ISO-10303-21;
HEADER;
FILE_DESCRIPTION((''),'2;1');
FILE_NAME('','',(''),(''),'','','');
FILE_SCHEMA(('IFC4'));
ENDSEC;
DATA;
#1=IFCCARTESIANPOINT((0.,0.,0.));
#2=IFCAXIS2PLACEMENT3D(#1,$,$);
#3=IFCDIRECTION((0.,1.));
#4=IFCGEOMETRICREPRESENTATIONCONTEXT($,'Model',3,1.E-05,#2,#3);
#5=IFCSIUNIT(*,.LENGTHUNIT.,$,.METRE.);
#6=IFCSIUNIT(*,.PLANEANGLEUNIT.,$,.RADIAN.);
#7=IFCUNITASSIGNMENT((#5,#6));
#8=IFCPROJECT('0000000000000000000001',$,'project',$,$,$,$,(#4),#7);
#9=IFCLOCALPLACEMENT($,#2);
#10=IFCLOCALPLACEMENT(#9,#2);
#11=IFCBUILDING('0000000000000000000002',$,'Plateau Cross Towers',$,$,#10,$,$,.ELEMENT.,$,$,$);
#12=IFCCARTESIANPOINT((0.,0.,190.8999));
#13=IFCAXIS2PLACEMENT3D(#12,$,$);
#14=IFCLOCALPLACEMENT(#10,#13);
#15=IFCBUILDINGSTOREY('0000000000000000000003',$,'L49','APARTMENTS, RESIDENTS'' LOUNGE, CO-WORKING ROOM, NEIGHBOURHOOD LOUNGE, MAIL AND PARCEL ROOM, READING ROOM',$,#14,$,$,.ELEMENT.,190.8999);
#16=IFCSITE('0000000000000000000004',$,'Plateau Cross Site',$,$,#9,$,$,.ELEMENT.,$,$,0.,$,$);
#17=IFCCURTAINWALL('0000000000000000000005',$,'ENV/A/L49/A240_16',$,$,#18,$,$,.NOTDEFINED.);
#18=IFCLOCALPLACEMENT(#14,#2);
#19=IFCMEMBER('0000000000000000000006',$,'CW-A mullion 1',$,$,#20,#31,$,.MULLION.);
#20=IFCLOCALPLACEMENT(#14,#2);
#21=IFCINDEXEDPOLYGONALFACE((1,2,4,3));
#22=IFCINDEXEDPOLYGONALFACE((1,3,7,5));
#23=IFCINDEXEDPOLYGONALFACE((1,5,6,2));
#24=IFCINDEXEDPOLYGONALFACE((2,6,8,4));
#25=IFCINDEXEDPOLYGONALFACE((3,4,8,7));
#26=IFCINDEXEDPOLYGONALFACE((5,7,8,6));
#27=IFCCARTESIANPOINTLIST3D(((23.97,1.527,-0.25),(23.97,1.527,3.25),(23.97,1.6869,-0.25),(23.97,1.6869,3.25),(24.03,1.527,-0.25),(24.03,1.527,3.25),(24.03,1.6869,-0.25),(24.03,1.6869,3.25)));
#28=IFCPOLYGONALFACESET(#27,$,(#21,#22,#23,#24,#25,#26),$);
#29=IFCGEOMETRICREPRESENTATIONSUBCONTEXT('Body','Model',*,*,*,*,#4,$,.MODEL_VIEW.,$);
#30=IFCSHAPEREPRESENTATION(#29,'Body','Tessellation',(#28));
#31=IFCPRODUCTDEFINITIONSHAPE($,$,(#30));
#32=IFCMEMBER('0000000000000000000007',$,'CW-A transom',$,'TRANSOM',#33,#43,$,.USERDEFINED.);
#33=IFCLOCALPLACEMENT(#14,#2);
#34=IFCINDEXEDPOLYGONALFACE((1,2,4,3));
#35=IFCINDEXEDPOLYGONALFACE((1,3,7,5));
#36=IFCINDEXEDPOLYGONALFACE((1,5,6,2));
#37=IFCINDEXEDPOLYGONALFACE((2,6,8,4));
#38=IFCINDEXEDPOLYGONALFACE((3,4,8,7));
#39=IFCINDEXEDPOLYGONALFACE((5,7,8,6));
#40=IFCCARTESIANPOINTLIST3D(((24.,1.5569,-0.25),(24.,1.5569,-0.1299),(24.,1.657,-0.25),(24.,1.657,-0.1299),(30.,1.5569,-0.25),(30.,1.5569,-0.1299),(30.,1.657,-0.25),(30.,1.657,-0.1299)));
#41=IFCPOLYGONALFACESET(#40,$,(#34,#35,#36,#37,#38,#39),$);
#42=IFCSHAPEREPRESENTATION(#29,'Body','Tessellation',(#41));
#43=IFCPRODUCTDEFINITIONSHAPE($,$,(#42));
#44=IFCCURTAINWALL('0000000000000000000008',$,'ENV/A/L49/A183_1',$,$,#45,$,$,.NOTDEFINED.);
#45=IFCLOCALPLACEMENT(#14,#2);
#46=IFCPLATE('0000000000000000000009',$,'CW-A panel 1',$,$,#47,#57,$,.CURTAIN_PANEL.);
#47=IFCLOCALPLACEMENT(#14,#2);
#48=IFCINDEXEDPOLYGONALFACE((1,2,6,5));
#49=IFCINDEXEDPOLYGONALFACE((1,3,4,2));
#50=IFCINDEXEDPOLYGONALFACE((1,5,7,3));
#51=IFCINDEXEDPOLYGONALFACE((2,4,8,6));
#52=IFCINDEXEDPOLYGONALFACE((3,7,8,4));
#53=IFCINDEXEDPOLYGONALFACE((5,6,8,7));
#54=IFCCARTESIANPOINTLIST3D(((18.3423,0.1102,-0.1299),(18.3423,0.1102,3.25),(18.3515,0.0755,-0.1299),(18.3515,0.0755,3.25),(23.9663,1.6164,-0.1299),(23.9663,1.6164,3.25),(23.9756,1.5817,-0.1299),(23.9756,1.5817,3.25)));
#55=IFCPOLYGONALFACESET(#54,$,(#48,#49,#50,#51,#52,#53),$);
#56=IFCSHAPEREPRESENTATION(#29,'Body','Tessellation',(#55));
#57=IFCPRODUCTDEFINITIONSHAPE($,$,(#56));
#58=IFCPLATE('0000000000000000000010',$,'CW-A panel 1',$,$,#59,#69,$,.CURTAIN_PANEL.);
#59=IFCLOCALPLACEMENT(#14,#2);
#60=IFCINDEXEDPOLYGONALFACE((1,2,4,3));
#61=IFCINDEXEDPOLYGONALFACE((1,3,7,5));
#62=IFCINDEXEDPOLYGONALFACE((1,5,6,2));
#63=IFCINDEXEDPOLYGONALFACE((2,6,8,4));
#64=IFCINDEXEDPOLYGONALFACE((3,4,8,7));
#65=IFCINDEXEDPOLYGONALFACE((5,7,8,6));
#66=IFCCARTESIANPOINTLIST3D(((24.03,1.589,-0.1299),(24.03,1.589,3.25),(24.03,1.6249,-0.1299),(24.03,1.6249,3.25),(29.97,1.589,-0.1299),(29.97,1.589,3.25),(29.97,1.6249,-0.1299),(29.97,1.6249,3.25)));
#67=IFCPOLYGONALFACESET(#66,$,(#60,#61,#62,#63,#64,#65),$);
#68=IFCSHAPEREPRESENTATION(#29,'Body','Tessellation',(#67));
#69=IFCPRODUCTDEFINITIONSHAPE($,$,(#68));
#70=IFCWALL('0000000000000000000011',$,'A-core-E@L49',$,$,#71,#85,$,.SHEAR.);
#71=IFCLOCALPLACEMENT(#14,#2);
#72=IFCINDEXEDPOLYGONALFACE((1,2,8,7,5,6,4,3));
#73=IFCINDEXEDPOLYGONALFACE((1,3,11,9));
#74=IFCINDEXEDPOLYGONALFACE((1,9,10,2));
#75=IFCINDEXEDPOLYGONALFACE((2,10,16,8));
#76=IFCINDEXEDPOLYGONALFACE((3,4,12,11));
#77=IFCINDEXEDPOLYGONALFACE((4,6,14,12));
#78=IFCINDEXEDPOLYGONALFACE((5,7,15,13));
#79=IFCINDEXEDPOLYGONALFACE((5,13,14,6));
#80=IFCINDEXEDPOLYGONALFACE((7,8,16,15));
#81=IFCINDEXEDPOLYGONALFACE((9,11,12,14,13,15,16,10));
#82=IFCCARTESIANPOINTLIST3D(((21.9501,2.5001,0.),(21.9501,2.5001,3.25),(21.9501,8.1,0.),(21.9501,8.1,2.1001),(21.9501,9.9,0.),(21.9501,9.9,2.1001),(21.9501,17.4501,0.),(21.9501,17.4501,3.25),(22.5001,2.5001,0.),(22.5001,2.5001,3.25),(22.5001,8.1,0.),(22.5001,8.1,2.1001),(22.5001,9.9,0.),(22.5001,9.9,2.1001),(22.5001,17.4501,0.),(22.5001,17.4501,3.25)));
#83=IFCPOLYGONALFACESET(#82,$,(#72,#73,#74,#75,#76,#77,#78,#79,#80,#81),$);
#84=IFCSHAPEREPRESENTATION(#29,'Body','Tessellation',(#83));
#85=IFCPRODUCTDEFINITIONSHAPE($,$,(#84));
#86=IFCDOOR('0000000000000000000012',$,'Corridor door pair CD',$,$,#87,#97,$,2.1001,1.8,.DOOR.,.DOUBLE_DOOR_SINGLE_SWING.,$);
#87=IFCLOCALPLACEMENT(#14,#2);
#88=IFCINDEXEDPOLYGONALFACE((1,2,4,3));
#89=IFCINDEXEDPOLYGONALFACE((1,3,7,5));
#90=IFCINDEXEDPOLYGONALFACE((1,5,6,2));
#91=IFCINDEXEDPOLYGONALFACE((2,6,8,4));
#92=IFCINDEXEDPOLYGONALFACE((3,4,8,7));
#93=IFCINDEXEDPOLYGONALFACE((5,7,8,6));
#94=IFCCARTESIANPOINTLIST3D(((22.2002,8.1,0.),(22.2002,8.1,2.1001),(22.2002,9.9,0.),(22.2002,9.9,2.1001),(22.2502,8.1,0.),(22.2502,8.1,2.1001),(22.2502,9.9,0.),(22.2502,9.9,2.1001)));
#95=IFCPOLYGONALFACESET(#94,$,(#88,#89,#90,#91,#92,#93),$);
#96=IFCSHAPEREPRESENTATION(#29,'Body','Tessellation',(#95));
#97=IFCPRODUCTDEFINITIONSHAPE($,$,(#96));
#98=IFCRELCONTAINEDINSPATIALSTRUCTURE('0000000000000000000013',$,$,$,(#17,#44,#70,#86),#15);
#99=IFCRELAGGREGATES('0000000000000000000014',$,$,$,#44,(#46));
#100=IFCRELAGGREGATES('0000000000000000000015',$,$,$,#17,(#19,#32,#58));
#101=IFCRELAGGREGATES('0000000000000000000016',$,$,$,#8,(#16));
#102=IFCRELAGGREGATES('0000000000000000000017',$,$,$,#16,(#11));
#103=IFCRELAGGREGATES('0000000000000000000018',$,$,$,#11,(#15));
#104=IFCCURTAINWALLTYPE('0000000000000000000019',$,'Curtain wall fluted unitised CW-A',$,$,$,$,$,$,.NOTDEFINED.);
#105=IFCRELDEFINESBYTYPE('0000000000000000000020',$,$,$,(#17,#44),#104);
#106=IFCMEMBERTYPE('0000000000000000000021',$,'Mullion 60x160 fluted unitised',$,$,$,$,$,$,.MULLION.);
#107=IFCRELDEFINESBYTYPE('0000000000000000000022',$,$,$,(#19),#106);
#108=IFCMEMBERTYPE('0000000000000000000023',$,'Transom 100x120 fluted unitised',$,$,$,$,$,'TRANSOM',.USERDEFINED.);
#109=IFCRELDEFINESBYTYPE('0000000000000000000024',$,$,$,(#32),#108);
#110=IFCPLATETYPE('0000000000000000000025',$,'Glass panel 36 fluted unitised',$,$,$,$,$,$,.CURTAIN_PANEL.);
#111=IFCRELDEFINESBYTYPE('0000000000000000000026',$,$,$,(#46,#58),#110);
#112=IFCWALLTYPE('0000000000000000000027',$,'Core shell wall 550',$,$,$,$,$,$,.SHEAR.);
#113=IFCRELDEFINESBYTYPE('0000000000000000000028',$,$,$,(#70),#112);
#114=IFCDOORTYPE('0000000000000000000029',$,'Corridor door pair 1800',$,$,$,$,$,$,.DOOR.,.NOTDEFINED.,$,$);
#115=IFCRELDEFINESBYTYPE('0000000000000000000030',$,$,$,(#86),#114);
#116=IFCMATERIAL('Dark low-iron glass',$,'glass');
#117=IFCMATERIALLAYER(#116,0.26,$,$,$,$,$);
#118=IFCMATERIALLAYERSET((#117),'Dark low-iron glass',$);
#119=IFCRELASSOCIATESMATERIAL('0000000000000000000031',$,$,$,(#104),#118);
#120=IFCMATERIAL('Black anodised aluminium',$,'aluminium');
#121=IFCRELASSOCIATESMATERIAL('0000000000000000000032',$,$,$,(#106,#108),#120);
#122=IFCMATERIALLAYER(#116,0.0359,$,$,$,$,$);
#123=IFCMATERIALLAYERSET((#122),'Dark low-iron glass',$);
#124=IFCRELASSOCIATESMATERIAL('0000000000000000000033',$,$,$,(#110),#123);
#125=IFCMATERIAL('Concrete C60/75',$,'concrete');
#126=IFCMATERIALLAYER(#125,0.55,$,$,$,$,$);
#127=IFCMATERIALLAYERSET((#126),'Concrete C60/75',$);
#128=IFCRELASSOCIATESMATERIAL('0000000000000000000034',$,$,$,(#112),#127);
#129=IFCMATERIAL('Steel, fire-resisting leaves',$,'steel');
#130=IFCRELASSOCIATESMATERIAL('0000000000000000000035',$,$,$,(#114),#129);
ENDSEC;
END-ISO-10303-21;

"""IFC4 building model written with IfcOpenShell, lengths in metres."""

from ifc_helpers import new_model, si_unit, direction, frame, frame_2d, origin, origin_2d, place, context, subcontext, project, spatial, rectangle, extrude, material, layer, layer_set, material_profile, profile_set, type_object, element, fill, aggregate, save


model = new_model("IFC4")

# Units and contexts
model_context = context("Model", 3, precision=1e-05, world=origin(), true_north=direction((0.0, 1.0)))
body_context = subcontext(model_context, "Body", "Model", "MODEL_VIEW")
ifc_project = project(units=[si_unit("LENGTHUNIT", "METRE"), si_unit("PLANEANGLEUNIT", "RADIAN")], contexts=[model_context])

# Site, building, storey
site_placement = place(None, origin())
site = spatial("IfcSite", under=ifc_project, at=site_placement, Name="Plateau Cross Site", CompositionType="ELEMENT", RefElevation=0.0)
building_placement = place(site_placement, origin())
building = spatial("IfcBuilding", under=site, at=building_placement, Name="Plateau Cross Towers", CompositionType="ELEMENT")
storey_placement = place(building_placement, frame((0.0, 0.0, 190.8999)))
storey = spatial("IfcBuildingStorey", under=building, at=storey_placement, Name="L49", Description="APARTMENTS, RESIDENTS' LOUNGE, CO-WORKING ROOM, NEIGHBOURHOOD LOUNGE, MAIL AND PARCEL ROOM, READING ROOM", CompositionType="ELEMENT", Elevation=190.8999)

# Curtain wall, members
ifc_material_1 = material(Name="Dark low-iron glass", Category="glass")
ifc_layer_1 = layer(ifc_material_1, 0.26)
ifc_layer_set_1 = layer_set([ifc_layer_1], Name="Dark low-iron glass")
curtain_wall_type = type_object("IfcCurtainWallType", Name="Curtain wall fluted unitised CW-A", PredefinedType="NOTDEFINED", material=ifc_layer_set_1)
curtain_wall_1_placement = place(storey_placement, origin())
curtain_wall_1 = element("IfcCurtainWall", 1, at=curtain_wall_1_placement, inside=storey, type_object=curtain_wall_type, Name="ENV/A/L49/A240_16", PredefinedType="NOTDEFINED")
ifc_material_2 = material(Name="Black anodised aluminium", Category="aluminium")
ifc_material_profile_1 = material_profile(ifc_material_2, rectangle(XDim=0.0601, YDim=0.1599, at=origin_2d()), Name="MULLION 60x160")
ifc_profile_set_1 = profile_set([ifc_material_profile_1], Name="Black anodised aluminium")
member_type_1 = type_object("IfcMemberType", Name="Mullion 60x160 fluted unitised", PredefinedType="MULLION", material=ifc_profile_set_1)
member_1_placement = place(storey_placement, frame((24.0, 1.6069, -0.25), z_axis=(0.0, 0.0, 1.0), x_axis=(1.0, 0.0, 0.0)))
member_1 = element("IfcMember", 2, at=member_1_placement, type_object=member_type_1, Name="CW-A mullion 1", PredefinedType="MULLION", context=body_context, shape_type="SweptSolid", body=[
    extrude(rectangle(XDim=0.0601, YDim=0.1599, at=origin_2d()), origin(), (0.0, 0.0, 1.0), 3.5),
])
ifc_material_profile_2 = material_profile(ifc_material_2, rectangle(XDim=0.1001, YDim=0.1201, at=origin_2d()), Name="TRANSOM 100x120")
ifc_profile_set_2 = profile_set([ifc_material_profile_2], Name="Black anodised aluminium")
member_type_2 = type_object("IfcMemberType", Name="Transom 100x120 fluted unitised", ElementType="TRANSOM", PredefinedType="USERDEFINED", material=ifc_profile_set_2)
member_2_placement = place(storey_placement, frame((24.0, 1.6069, -0.1899), z_axis=(1.0, 0.0, 0.0), x_axis=(0.0, 1.0, 0.0)))
member_2 = element("IfcMember", 3, at=member_2_placement, type_object=member_type_2, Name="CW-A transom", ObjectType="TRANSOM", PredefinedType="USERDEFINED", context=body_context, shape_type="SweptSolid", body=[
    extrude(rectangle(XDim=0.1001, YDim=0.1201, at=origin_2d()), origin(), (0.0, 0.0, 1.0), 6.0),
])

# Curtain wall, plate
curtain_wall_2_placement = place(storey_placement, origin())
curtain_wall_2 = element("IfcCurtainWall", 4, at=curtain_wall_2_placement, inside=storey, type_object=curtain_wall_type, Name="ENV/A/L49/A183_1", PredefinedType="NOTDEFINED")
ifc_layer_2 = layer(ifc_material_1, 0.0359)
ifc_layer_set_2 = layer_set([ifc_layer_2], Name="Dark low-iron glass")
plate_type = type_object("IfcPlateType", Name="Glass panel 36 fluted unitised", PredefinedType="CURTAIN_PANEL", material=ifc_layer_set_2)
plate_1_placement = place(storey_placement, frame((21.1589, 0.8459, -0.1299), z_axis=(0.0, 0.0, 1.0), x_axis=(0.965958, 0.258699, 0.0)))
plate_1 = element("IfcPlate", 5, at=plate_1_placement, type_object=plate_type, Name="CW-A panel 1", PredefinedType="CURTAIN_PANEL", context=body_context, shape_type="SweptSolid", body=[
    extrude(rectangle(XDim=5.8223, YDim=0.0359, at=origin_2d()), origin(), (0.0, 0.0, 1.0), 3.3799),
])
aggregate(curtain_wall_2, [plate_1])

# Plate
plate_2_placement = place(storey_placement, frame((27.0, 1.6069, -0.1299), z_axis=(0.0, 0.0, 1.0), x_axis=(1.0, 0.0, 0.0)))
plate_2 = element("IfcPlate", 6, at=plate_2_placement, type_object=plate_type, Name="CW-A panel 1", PredefinedType="CURTAIN_PANEL", context=body_context, shape_type="SweptSolid", body=[
    extrude(rectangle(XDim=5.9399, YDim=0.0359, at=origin_2d()), origin(), (0.0, 0.0, 1.0), 3.3799),
])
aggregate(curtain_wall_1, [member_1, member_2, plate_2])

# Wall, opening, door
ifc_material_3 = material(Name="Concrete C60/75", Category="concrete")
ifc_layer_3 = layer(ifc_material_3, 0.55)
ifc_layer_set_3 = layer_set([ifc_layer_3], Name="Concrete C60/75")
wall_type_1 = type_object("IfcWallType", Name="Core shell wall 550", PredefinedType="SHEAR", material=ifc_layer_set_3)
wall_1_placement = place(storey_placement, frame((22.2251, 2.5, 0.0), z_axis=(0.0, 0.0, 1.0), x_axis=(0.0, 1.0, 0.0)))
wall_1 = element("IfcWall", 7, at=wall_1_placement, inside=storey, type_object=wall_type_1, Name="A-core-E@L49", PredefinedType="SHEAR", context=body_context, shape_type="SweptSolid", body=[
    extrude(rectangle(XDim=14.95, YDim=0.55, at=frame_2d((7.4751, 0.0))), origin(), (0.0, 0.0, 1.0), 3.25),
])
opening_1_placement = place(wall_1_placement, frame((5.6001, 0.0, 0.0)))
opening_1 = element("IfcOpeningElement", 8, at=opening_1_placement, cuts=wall_1, PredefinedType="OPENING", context=body_context, shape_type="SweptSolid", body=[
    extrude(rectangle(XDim=1.8, YDim=2.1001, at=frame_2d((0.8999, 1.05))), frame((0.0, 0.2849, 0.0), z_axis=(0.0, -1.0, 0.0), x_axis=(1.0, 0.0, 0.0)), (0.0, 0.0, 1.0), 0.5701),
])
ifc_material_4 = material(Name="Steel, fire-resisting leaves", Category="steel")
door_type_1 = type_object("IfcDoorType", Name="Corridor door pair 1800", OperationType="NOTDEFINED", PredefinedType="DOOR", material=ifc_material_4)
door_1_placement = place(opening_1_placement, origin())
door_1 = element("IfcDoor", 9, at=door_1_placement, inside=storey, type_object=door_type_1, Name="Corridor door pair CD", OperationType="DOUBLE_DOOR_SINGLE_SWING", OverallHeight=2.1001, OverallWidth=1.8, PredefinedType="DOOR", context=body_context, shape_type="SweptSolid", body=[
    extrude(rectangle(XDim=1.8, YDim=2.1001, at=frame_2d((0.8999, 1.05))), frame((0.0, 0.0249, 0.0), z_axis=(0.0, -1.0, 0.0), x_axis=(1.0, 0.0, 0.0)), (0.0, 0.0, 1.0), 0.05),
])
fill(opening_1, door_1)

save(model, "model.ifc")
